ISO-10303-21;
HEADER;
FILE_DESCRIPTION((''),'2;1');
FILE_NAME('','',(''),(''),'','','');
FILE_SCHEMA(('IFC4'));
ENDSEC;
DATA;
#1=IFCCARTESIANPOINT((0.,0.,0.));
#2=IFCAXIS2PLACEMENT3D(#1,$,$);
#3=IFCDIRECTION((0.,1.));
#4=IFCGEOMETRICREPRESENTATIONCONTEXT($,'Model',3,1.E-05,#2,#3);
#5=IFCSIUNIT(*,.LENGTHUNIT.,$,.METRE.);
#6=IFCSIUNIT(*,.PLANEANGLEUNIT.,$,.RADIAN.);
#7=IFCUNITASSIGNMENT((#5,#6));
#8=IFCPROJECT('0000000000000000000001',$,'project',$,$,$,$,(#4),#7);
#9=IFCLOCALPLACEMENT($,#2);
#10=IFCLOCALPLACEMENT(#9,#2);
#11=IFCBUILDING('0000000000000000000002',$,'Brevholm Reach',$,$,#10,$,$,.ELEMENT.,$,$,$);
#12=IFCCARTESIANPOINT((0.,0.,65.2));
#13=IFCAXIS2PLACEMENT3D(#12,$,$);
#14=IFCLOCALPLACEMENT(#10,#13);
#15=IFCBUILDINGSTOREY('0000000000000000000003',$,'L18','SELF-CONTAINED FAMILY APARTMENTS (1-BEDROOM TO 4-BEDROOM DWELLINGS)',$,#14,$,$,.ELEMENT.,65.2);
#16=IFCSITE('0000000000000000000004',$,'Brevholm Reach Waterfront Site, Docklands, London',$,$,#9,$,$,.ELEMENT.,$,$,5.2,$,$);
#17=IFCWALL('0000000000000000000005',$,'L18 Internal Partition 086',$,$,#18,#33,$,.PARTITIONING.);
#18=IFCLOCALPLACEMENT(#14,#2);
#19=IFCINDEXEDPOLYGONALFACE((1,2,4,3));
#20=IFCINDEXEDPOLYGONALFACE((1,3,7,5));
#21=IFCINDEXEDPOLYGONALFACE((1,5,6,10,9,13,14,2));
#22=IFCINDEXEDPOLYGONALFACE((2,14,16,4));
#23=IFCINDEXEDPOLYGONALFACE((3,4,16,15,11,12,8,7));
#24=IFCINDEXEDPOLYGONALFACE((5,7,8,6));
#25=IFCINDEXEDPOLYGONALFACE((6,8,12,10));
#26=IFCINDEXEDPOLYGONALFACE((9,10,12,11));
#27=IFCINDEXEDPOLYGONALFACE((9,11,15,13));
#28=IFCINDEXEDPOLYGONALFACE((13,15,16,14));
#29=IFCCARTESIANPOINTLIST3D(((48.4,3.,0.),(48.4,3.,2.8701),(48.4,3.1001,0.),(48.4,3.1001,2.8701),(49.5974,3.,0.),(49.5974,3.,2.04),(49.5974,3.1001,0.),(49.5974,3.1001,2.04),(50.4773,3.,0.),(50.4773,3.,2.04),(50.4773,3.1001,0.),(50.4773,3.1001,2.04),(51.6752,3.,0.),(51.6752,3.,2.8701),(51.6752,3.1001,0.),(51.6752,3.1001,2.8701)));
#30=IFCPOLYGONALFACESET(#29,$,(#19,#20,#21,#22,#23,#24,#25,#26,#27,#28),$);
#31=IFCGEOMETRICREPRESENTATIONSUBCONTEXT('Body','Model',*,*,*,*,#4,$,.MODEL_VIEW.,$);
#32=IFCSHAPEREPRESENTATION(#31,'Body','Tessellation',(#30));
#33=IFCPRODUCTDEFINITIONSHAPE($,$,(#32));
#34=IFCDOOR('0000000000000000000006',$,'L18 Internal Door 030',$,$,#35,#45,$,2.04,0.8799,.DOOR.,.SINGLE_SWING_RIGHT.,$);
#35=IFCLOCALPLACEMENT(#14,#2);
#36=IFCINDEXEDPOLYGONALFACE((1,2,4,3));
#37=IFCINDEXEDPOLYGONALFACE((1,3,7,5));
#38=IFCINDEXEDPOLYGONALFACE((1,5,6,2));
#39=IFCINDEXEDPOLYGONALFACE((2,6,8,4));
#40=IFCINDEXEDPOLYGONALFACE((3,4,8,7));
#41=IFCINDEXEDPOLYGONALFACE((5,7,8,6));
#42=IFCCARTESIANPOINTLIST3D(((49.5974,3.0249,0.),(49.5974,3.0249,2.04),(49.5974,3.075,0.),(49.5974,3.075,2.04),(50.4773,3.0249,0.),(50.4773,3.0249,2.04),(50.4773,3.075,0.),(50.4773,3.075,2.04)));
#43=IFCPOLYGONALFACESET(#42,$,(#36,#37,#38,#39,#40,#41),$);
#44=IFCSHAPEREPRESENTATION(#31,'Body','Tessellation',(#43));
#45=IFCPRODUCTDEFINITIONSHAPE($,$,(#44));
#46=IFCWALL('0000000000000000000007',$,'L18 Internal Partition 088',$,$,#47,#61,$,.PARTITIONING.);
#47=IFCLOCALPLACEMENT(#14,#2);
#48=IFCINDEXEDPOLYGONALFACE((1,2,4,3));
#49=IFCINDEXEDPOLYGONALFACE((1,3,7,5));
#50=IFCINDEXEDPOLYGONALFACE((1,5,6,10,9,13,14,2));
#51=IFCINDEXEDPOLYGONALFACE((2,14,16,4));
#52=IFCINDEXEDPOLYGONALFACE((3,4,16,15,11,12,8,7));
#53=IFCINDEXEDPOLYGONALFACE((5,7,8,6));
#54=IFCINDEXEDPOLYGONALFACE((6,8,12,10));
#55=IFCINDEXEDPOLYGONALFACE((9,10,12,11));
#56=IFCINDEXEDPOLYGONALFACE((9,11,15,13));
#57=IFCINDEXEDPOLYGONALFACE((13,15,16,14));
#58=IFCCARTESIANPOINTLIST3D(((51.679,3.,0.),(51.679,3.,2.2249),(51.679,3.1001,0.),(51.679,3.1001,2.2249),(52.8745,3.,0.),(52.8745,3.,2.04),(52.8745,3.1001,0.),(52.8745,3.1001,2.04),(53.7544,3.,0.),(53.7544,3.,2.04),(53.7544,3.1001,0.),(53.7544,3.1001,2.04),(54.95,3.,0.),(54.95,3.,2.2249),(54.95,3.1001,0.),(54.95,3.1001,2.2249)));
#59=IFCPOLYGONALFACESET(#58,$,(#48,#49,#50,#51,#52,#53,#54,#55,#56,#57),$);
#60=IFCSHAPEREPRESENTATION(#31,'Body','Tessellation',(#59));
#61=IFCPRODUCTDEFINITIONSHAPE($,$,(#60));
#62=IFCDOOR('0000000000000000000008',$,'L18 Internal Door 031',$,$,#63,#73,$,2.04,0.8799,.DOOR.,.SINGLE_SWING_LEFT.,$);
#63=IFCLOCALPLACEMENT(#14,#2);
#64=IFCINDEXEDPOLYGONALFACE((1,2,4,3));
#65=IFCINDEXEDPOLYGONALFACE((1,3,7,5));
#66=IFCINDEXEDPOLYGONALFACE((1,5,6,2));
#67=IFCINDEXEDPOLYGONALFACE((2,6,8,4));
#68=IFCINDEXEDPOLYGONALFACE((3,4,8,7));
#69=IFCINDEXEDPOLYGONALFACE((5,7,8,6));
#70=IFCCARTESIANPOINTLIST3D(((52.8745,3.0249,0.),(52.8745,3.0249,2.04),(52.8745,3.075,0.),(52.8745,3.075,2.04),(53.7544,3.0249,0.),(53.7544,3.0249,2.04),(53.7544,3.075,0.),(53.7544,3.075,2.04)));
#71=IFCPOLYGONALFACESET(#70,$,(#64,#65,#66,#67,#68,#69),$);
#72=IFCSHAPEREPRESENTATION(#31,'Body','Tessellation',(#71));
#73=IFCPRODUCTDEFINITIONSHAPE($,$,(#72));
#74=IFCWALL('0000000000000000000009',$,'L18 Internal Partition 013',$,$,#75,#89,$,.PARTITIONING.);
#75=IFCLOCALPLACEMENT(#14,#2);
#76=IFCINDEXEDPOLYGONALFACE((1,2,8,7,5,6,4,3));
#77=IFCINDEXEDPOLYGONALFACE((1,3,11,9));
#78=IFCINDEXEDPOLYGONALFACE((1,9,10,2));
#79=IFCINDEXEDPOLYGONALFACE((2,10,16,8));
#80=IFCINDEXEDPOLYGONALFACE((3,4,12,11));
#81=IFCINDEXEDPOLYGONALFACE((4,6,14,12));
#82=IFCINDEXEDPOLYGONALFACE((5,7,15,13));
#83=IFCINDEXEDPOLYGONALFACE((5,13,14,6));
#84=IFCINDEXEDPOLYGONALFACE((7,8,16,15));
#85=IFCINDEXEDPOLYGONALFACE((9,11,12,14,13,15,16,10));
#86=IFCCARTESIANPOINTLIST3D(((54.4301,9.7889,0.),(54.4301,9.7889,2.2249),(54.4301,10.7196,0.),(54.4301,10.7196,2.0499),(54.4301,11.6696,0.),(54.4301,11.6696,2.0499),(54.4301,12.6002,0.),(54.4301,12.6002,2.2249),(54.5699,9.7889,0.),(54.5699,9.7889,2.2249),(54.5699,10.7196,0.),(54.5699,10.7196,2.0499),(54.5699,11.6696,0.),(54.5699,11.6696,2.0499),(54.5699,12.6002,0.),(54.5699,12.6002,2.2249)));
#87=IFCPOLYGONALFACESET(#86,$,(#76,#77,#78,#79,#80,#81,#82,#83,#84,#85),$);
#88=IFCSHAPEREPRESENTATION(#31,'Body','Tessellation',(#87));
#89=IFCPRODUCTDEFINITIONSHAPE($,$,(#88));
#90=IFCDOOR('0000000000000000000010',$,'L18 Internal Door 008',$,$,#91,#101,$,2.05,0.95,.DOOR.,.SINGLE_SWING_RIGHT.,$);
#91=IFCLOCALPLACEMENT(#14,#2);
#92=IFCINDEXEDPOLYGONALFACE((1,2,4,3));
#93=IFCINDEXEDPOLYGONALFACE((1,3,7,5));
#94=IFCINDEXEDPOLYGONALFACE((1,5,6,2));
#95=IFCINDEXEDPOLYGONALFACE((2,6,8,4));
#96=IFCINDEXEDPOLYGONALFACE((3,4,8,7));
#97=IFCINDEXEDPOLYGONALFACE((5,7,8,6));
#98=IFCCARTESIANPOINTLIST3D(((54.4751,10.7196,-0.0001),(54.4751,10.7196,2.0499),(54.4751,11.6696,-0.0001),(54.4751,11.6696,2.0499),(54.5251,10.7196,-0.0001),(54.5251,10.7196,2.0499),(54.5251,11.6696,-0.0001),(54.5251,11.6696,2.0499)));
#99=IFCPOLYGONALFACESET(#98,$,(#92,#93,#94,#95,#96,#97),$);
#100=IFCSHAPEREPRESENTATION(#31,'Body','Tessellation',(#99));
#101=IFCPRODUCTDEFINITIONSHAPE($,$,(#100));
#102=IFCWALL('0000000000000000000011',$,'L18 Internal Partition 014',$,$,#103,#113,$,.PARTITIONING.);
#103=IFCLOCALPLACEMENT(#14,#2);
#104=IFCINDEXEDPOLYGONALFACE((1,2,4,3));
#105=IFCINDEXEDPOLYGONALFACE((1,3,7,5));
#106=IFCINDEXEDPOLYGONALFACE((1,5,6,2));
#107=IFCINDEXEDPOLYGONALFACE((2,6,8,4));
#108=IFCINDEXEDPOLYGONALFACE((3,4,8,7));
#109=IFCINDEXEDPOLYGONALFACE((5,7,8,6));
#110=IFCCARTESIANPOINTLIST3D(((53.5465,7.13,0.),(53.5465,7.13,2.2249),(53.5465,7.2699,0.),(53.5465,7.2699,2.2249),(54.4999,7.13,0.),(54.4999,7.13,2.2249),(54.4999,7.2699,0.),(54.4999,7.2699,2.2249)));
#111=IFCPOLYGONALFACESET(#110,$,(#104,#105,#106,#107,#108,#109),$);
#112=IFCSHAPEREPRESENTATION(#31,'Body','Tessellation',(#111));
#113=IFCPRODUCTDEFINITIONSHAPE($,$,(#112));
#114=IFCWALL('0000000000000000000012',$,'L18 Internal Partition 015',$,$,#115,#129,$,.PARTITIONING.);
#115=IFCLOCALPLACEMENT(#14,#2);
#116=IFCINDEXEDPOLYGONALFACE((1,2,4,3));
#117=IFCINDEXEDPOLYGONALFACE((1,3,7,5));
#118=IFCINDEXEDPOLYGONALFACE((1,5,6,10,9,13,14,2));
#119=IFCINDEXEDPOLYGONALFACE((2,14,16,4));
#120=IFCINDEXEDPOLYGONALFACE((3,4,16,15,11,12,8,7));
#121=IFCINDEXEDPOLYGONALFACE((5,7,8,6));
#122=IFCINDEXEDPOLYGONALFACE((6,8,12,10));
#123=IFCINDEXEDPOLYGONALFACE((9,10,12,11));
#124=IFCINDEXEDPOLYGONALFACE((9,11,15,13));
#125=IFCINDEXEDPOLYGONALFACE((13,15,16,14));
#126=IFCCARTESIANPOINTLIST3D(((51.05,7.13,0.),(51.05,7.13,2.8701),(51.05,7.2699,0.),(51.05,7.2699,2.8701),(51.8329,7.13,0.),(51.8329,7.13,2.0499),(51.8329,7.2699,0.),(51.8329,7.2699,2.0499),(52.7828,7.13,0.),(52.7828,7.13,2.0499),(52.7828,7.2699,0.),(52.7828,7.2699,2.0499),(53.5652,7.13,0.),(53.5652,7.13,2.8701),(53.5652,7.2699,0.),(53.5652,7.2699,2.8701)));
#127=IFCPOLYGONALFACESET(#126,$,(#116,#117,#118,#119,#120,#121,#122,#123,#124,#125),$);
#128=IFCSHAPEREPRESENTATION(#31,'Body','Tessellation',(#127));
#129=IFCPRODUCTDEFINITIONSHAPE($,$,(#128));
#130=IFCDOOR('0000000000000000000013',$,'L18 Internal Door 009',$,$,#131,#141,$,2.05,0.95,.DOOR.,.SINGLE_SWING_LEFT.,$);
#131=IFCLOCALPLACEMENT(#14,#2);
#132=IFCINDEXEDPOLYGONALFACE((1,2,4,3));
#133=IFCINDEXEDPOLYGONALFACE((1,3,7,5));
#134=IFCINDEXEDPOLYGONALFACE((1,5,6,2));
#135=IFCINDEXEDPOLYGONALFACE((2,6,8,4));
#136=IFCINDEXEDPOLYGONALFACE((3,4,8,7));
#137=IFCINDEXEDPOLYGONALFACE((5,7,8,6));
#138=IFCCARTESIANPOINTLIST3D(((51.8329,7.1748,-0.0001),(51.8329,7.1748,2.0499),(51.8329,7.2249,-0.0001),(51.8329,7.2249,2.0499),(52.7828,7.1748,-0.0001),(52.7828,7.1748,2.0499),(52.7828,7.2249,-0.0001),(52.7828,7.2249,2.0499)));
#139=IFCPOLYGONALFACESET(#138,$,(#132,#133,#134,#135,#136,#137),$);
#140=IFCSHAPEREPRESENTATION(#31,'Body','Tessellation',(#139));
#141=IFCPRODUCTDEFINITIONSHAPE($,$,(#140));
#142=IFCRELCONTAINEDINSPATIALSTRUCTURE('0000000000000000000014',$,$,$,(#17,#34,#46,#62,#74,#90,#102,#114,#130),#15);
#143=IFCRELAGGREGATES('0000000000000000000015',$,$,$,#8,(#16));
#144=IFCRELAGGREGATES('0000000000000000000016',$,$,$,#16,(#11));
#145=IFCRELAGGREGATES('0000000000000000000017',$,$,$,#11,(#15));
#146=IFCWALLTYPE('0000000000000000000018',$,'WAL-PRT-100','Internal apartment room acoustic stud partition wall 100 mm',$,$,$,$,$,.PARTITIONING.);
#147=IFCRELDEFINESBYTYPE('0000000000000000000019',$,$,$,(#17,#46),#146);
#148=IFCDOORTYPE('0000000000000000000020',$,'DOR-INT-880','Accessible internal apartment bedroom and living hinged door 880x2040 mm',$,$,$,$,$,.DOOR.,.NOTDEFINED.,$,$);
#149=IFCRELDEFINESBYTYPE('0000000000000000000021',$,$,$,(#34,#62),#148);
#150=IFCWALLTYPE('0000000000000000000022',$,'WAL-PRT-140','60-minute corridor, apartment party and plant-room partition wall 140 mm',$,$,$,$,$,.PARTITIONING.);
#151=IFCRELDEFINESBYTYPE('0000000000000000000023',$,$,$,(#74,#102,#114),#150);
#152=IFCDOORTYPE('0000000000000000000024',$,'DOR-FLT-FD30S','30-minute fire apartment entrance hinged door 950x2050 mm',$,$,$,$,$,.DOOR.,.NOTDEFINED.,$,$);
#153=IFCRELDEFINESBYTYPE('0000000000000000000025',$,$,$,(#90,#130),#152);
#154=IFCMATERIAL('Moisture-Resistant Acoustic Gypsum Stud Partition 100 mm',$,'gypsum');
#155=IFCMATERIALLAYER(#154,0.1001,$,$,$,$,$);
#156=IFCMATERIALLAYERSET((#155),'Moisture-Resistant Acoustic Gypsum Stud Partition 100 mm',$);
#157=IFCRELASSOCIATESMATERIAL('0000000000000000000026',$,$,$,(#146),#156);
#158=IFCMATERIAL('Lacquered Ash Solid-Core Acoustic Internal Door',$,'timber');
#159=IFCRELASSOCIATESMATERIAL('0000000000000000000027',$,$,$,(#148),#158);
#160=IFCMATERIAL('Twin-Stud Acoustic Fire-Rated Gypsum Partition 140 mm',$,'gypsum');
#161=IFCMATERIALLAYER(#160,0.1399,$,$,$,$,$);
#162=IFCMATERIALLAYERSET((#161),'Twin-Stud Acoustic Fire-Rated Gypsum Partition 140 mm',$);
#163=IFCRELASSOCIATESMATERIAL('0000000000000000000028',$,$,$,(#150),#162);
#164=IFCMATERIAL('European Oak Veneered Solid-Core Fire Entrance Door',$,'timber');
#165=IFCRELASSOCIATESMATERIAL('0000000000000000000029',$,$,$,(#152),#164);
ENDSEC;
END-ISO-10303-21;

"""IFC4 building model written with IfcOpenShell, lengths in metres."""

from ifc_helpers import new_model, si_unit, direction, frame, frame_2d, origin, place, context, subcontext, project, spatial, rectangle, extrude, material, layer, layer_set, type_object, element, fill, save


model = new_model("IFC4")

# Units and contexts
model_context = context("Model", 3, precision=1e-05, world=origin(), true_north=direction((0.0, 1.0)))
body_context = subcontext(model_context, "Body", "Model", "MODEL_VIEW")
ifc_project = project(units=[si_unit("LENGTHUNIT", "METRE"), si_unit("PLANEANGLEUNIT", "RADIAN")], contexts=[model_context])

# Site, building, storey
site_placement = place(None, origin())
site = spatial("IfcSite", under=ifc_project, at=site_placement, Name="Brevholm Reach Waterfront Site, Docklands, London", CompositionType="ELEMENT", RefElevation=5.2)
building_placement = place(site_placement, origin())
building = spatial("IfcBuilding", under=site, at=building_placement, Name="Brevholm Reach", CompositionType="ELEMENT")
storey_placement = place(building_placement, frame((0.0, 0.0, 65.2)))
storey = spatial("IfcBuildingStorey", under=building, at=storey_placement, Name="L18", Description="SELF-CONTAINED FAMILY APARTMENTS (1-BEDROOM TO 4-BEDROOM DWELLINGS)", CompositionType="ELEMENT", Elevation=65.2)

# Shared definitions
ifc_material_1 = material(Name="Moisture-Resistant Acoustic Gypsum Stud Partition 100 mm", Category="gypsum")
ifc_layer_1 = layer(ifc_material_1, 0.1001)
ifc_layer_set_1 = layer_set([ifc_layer_1], Name="Moisture-Resistant Acoustic Gypsum Stud Partition 100 mm")
wall_type_1 = type_object("IfcWallType", Name="WAL-PRT-100", Description="Internal apartment room acoustic stud partition wall 100 mm", PredefinedType="PARTITIONING", material=ifc_layer_set_1)
ifc_material_2 = material(Name="Lacquered Ash Solid-Core Acoustic Internal Door", Category="timber")
door_type_1 = type_object("IfcDoorType", Name="DOR-INT-880", Description="Accessible internal apartment bedroom and living hinged door 880x2040 mm", OperationType="NOTDEFINED", PredefinedType="DOOR", material=ifc_material_2)

# Walls, openings, doors
wall_1_placement = place(storey_placement, frame((48.3999, 3.05, 0.0), z_axis=(0.0, 0.0, 1.0), x_axis=(1.0, 0.0, 0.0)))
wall_1 = element("IfcWall", 1, at=wall_1_placement, inside=storey, type_object=wall_type_1, Name="L18 Internal Partition 086", PredefinedType="PARTITIONING", context=body_context, shape_type="SweptSolid", body=[
    extrude(rectangle(XDim=3.2751, YDim=0.1001, at=frame_2d((1.6377, 0.0))), origin(), (0.0, 0.0, 1.0), 2.8701),
])
opening_1_placement = place(wall_1_placement, frame((1.1975, 0.0, 0.0)))
opening_1 = element("IfcOpeningElement", 2, at=opening_1_placement, cuts=wall_1, PredefinedType="OPENING", context=body_context, shape_type="SweptSolid", body=[
    extrude(rectangle(XDim=0.8799, YDim=2.04, at=frame_2d((0.4399, 1.02))), frame((0.0, 0.0601, 0.0), z_axis=(0.0, -1.0, 0.0), x_axis=(1.0, 0.0, 0.0)), (0.0, 0.0, 1.0), 0.1201),
])
door_1_placement = place(opening_1_placement, origin())
door_1 = element("IfcDoor", 3, at=door_1_placement, inside=storey, type_object=door_type_1, Name="L18 Internal Door 030", OperationType="SINGLE_SWING_RIGHT", OverallHeight=2.04, OverallWidth=0.8799, PredefinedType="DOOR", context=body_context, shape_type="SweptSolid", body=[
    extrude(rectangle(XDim=0.8799, YDim=2.04, at=frame_2d((0.4399, 1.02))), frame((0.0, 0.0249, 0.0), z_axis=(0.0, -1.0, 0.0), x_axis=(1.0, 0.0, 0.0)), (0.0, 0.0, 1.0), 0.05),
])
fill(opening_1, door_1)
wall_2_placement = place(storey_placement, frame((51.679, 3.05, 0.0), z_axis=(0.0, 0.0, 1.0), x_axis=(1.0, 0.0, 0.0)))
wall_2 = element("IfcWall", 4, at=wall_2_placement, inside=storey, type_object=wall_type_1, Name="L18 Internal Partition 088", PredefinedType="PARTITIONING", context=body_context, shape_type="SweptSolid", body=[
    extrude(rectangle(XDim=3.271, YDim=0.1001, at=frame_2d((1.6355, 0.0))), origin(), (0.0, 0.0, 1.0), 2.2249),
])
opening_2_placement = place(wall_2_placement, frame((1.1956, 0.0, 0.0)))
opening_2 = element("IfcOpeningElement", 5, at=opening_2_placement, cuts=wall_2, PredefinedType="OPENING", context=body_context, shape_type="SweptSolid", body=[
    extrude(rectangle(XDim=0.8799, YDim=2.04, at=frame_2d((0.4399, 1.02))), frame((0.0, 0.0601, 0.0), z_axis=(0.0, -1.0, 0.0), x_axis=(1.0, 0.0, 0.0)), (0.0, 0.0, 1.0), 0.1201),
])
door_2_placement = place(opening_2_placement, origin())
door_2 = element("IfcDoor", 6, at=door_2_placement, inside=storey, type_object=door_type_1, Name="L18 Internal Door 031", OperationType="SINGLE_SWING_LEFT", OverallHeight=2.04, OverallWidth=0.8799, PredefinedType="DOOR", context=body_context, shape_type="SweptSolid", body=[
    extrude(rectangle(XDim=0.8799, YDim=2.04, at=frame_2d((0.4399, 1.02))), frame((0.0, 0.0249, 0.0), z_axis=(0.0, -1.0, 0.0), x_axis=(1.0, 0.0, 0.0)), (0.0, 0.0, 1.0), 0.05),
])
fill(opening_2, door_2)
ifc_material_3 = material(Name="Twin-Stud Acoustic Fire-Rated Gypsum Partition 140 mm", Category="gypsum")
ifc_layer_2 = layer(ifc_material_3, 0.1399)
ifc_layer_set_2 = layer_set([ifc_layer_2], Name="Twin-Stud Acoustic Fire-Rated Gypsum Partition 140 mm")
wall_type_2 = type_object("IfcWallType", Name="WAL-PRT-140", Description="60-minute corridor, apartment party and plant-room partition wall 140 mm", PredefinedType="PARTITIONING", material=ifc_layer_set_2)
wall_3_placement = place(storey_placement, frame((54.5, 9.7888, 0.0), z_axis=(0.0, 0.0, 1.0), x_axis=(0.0, 1.0, 0.0)))
wall_3 = element("IfcWall", 7, at=wall_3_placement, inside=storey, type_object=wall_type_2, Name="L18 Internal Partition 013", PredefinedType="PARTITIONING", context=body_context, shape_type="SweptSolid", body=[
    extrude(rectangle(XDim=2.8113, YDim=0.1399, at=frame_2d((1.4058, 0.0))), origin(), (0.0, 0.0, 1.0), 2.2249),
])
opening_3_placement = place(wall_3_placement, frame((0.9307, 0.0, 0.0)))
opening_3 = element("IfcOpeningElement", 8, at=opening_3_placement, cuts=wall_3, PredefinedType="OPENING", context=body_context, shape_type="SweptSolid", body=[
    extrude(rectangle(XDim=0.95, YDim=2.05, at=frame_2d((0.4751, 1.0249))), frame((0.0, 0.0798, 0.0), z_axis=(0.0, -1.0, 0.0), x_axis=(1.0, 0.0, 0.0)), (0.0, 0.0, 1.0), 0.1599),
])
ifc_material_4 = material(Name="European Oak Veneered Solid-Core Fire Entrance Door", Category="timber")
door_type_2 = type_object("IfcDoorType", Name="DOR-FLT-FD30S", Description="30-minute fire apartment entrance hinged door 950x2050 mm", OperationType="NOTDEFINED", PredefinedType="DOOR", material=ifc_material_4)
door_3_placement = place(opening_3_placement, origin())
door_3 = element("IfcDoor", 9, at=door_3_placement, inside=storey, type_object=door_type_2, Name="L18 Internal Door 008", OperationType="SINGLE_SWING_RIGHT", OverallHeight=2.05, OverallWidth=0.95, PredefinedType="DOOR", context=body_context, shape_type="SweptSolid", body=[
    extrude(rectangle(XDim=0.95, YDim=2.05, at=frame_2d((0.4751, 1.0249))), frame((0.0, 0.0249, 0.0), z_axis=(0.0, -1.0, 0.0), x_axis=(1.0, 0.0, 0.0)), (0.0, 0.0, 1.0), 0.05),
])
fill(opening_3, door_3)

# Wall
wall_4_placement = place(storey_placement, frame((53.5466, 7.2, 0.0), z_axis=(0.0, 0.0, 1.0), x_axis=(1.0, 0.0, 0.0)))
element("IfcWall", 10, at=wall_4_placement, inside=storey, type_object=wall_type_2, Name="L18 Internal Partition 014", PredefinedType="PARTITIONING", context=body_context, shape_type="SweptSolid", body=[
    extrude(rectangle(XDim=0.9534, YDim=0.1399, at=frame_2d((0.4766, 0.0))), origin(), (0.0, 0.0, 1.0), 2.2249),
])

# Wall, opening, door
wall_5_placement = place(storey_placement, frame((51.05, 7.2, 0.0), z_axis=(0.0, 0.0, 1.0), x_axis=(1.0, 0.0, 0.0)))
wall_5 = element("IfcWall", 11, at=wall_5_placement, inside=storey, type_object=wall_type_2, Name="L18 Internal Partition 015", PredefinedType="PARTITIONING", context=body_context, shape_type="SweptSolid", body=[
    extrude(rectangle(XDim=2.5151, YDim=0.1399, at=frame_2d((1.2576, 0.0))), origin(), (0.0, 0.0, 1.0), 2.8701),
])
opening_4_placement = place(wall_5_placement, frame((0.7827, 0.0, 0.0)))
opening_4 = element("IfcOpeningElement", 12, at=opening_4_placement, cuts=wall_5, PredefinedType="OPENING", context=body_context, shape_type="SweptSolid", body=[
    extrude(rectangle(XDim=0.95, YDim=2.05, at=frame_2d((0.4751, 1.0249))), frame((0.0, 0.0798, 0.0), z_axis=(0.0, -1.0, 0.0), x_axis=(1.0, 0.0, 0.0)), (0.0, 0.0, 1.0), 0.1599),
])
door_4_placement = place(opening_4_placement, origin())
door_4 = element("IfcDoor", 13, at=door_4_placement, inside=storey, type_object=door_type_2, Name="L18 Internal Door 009", OperationType="SINGLE_SWING_LEFT", OverallHeight=2.05, OverallWidth=0.95, PredefinedType="DOOR", context=body_context, shape_type="SweptSolid", body=[
    extrude(rectangle(XDim=0.95, YDim=2.05, at=frame_2d((0.4751, 1.0249))), frame((0.0, 0.0249, 0.0), z_axis=(0.0, -1.0, 0.0), x_axis=(1.0, 0.0, 0.0)), (0.0, 0.0, 1.0), 0.05),
])
fill(opening_4, door_4)

save(model, "model.ifc")
